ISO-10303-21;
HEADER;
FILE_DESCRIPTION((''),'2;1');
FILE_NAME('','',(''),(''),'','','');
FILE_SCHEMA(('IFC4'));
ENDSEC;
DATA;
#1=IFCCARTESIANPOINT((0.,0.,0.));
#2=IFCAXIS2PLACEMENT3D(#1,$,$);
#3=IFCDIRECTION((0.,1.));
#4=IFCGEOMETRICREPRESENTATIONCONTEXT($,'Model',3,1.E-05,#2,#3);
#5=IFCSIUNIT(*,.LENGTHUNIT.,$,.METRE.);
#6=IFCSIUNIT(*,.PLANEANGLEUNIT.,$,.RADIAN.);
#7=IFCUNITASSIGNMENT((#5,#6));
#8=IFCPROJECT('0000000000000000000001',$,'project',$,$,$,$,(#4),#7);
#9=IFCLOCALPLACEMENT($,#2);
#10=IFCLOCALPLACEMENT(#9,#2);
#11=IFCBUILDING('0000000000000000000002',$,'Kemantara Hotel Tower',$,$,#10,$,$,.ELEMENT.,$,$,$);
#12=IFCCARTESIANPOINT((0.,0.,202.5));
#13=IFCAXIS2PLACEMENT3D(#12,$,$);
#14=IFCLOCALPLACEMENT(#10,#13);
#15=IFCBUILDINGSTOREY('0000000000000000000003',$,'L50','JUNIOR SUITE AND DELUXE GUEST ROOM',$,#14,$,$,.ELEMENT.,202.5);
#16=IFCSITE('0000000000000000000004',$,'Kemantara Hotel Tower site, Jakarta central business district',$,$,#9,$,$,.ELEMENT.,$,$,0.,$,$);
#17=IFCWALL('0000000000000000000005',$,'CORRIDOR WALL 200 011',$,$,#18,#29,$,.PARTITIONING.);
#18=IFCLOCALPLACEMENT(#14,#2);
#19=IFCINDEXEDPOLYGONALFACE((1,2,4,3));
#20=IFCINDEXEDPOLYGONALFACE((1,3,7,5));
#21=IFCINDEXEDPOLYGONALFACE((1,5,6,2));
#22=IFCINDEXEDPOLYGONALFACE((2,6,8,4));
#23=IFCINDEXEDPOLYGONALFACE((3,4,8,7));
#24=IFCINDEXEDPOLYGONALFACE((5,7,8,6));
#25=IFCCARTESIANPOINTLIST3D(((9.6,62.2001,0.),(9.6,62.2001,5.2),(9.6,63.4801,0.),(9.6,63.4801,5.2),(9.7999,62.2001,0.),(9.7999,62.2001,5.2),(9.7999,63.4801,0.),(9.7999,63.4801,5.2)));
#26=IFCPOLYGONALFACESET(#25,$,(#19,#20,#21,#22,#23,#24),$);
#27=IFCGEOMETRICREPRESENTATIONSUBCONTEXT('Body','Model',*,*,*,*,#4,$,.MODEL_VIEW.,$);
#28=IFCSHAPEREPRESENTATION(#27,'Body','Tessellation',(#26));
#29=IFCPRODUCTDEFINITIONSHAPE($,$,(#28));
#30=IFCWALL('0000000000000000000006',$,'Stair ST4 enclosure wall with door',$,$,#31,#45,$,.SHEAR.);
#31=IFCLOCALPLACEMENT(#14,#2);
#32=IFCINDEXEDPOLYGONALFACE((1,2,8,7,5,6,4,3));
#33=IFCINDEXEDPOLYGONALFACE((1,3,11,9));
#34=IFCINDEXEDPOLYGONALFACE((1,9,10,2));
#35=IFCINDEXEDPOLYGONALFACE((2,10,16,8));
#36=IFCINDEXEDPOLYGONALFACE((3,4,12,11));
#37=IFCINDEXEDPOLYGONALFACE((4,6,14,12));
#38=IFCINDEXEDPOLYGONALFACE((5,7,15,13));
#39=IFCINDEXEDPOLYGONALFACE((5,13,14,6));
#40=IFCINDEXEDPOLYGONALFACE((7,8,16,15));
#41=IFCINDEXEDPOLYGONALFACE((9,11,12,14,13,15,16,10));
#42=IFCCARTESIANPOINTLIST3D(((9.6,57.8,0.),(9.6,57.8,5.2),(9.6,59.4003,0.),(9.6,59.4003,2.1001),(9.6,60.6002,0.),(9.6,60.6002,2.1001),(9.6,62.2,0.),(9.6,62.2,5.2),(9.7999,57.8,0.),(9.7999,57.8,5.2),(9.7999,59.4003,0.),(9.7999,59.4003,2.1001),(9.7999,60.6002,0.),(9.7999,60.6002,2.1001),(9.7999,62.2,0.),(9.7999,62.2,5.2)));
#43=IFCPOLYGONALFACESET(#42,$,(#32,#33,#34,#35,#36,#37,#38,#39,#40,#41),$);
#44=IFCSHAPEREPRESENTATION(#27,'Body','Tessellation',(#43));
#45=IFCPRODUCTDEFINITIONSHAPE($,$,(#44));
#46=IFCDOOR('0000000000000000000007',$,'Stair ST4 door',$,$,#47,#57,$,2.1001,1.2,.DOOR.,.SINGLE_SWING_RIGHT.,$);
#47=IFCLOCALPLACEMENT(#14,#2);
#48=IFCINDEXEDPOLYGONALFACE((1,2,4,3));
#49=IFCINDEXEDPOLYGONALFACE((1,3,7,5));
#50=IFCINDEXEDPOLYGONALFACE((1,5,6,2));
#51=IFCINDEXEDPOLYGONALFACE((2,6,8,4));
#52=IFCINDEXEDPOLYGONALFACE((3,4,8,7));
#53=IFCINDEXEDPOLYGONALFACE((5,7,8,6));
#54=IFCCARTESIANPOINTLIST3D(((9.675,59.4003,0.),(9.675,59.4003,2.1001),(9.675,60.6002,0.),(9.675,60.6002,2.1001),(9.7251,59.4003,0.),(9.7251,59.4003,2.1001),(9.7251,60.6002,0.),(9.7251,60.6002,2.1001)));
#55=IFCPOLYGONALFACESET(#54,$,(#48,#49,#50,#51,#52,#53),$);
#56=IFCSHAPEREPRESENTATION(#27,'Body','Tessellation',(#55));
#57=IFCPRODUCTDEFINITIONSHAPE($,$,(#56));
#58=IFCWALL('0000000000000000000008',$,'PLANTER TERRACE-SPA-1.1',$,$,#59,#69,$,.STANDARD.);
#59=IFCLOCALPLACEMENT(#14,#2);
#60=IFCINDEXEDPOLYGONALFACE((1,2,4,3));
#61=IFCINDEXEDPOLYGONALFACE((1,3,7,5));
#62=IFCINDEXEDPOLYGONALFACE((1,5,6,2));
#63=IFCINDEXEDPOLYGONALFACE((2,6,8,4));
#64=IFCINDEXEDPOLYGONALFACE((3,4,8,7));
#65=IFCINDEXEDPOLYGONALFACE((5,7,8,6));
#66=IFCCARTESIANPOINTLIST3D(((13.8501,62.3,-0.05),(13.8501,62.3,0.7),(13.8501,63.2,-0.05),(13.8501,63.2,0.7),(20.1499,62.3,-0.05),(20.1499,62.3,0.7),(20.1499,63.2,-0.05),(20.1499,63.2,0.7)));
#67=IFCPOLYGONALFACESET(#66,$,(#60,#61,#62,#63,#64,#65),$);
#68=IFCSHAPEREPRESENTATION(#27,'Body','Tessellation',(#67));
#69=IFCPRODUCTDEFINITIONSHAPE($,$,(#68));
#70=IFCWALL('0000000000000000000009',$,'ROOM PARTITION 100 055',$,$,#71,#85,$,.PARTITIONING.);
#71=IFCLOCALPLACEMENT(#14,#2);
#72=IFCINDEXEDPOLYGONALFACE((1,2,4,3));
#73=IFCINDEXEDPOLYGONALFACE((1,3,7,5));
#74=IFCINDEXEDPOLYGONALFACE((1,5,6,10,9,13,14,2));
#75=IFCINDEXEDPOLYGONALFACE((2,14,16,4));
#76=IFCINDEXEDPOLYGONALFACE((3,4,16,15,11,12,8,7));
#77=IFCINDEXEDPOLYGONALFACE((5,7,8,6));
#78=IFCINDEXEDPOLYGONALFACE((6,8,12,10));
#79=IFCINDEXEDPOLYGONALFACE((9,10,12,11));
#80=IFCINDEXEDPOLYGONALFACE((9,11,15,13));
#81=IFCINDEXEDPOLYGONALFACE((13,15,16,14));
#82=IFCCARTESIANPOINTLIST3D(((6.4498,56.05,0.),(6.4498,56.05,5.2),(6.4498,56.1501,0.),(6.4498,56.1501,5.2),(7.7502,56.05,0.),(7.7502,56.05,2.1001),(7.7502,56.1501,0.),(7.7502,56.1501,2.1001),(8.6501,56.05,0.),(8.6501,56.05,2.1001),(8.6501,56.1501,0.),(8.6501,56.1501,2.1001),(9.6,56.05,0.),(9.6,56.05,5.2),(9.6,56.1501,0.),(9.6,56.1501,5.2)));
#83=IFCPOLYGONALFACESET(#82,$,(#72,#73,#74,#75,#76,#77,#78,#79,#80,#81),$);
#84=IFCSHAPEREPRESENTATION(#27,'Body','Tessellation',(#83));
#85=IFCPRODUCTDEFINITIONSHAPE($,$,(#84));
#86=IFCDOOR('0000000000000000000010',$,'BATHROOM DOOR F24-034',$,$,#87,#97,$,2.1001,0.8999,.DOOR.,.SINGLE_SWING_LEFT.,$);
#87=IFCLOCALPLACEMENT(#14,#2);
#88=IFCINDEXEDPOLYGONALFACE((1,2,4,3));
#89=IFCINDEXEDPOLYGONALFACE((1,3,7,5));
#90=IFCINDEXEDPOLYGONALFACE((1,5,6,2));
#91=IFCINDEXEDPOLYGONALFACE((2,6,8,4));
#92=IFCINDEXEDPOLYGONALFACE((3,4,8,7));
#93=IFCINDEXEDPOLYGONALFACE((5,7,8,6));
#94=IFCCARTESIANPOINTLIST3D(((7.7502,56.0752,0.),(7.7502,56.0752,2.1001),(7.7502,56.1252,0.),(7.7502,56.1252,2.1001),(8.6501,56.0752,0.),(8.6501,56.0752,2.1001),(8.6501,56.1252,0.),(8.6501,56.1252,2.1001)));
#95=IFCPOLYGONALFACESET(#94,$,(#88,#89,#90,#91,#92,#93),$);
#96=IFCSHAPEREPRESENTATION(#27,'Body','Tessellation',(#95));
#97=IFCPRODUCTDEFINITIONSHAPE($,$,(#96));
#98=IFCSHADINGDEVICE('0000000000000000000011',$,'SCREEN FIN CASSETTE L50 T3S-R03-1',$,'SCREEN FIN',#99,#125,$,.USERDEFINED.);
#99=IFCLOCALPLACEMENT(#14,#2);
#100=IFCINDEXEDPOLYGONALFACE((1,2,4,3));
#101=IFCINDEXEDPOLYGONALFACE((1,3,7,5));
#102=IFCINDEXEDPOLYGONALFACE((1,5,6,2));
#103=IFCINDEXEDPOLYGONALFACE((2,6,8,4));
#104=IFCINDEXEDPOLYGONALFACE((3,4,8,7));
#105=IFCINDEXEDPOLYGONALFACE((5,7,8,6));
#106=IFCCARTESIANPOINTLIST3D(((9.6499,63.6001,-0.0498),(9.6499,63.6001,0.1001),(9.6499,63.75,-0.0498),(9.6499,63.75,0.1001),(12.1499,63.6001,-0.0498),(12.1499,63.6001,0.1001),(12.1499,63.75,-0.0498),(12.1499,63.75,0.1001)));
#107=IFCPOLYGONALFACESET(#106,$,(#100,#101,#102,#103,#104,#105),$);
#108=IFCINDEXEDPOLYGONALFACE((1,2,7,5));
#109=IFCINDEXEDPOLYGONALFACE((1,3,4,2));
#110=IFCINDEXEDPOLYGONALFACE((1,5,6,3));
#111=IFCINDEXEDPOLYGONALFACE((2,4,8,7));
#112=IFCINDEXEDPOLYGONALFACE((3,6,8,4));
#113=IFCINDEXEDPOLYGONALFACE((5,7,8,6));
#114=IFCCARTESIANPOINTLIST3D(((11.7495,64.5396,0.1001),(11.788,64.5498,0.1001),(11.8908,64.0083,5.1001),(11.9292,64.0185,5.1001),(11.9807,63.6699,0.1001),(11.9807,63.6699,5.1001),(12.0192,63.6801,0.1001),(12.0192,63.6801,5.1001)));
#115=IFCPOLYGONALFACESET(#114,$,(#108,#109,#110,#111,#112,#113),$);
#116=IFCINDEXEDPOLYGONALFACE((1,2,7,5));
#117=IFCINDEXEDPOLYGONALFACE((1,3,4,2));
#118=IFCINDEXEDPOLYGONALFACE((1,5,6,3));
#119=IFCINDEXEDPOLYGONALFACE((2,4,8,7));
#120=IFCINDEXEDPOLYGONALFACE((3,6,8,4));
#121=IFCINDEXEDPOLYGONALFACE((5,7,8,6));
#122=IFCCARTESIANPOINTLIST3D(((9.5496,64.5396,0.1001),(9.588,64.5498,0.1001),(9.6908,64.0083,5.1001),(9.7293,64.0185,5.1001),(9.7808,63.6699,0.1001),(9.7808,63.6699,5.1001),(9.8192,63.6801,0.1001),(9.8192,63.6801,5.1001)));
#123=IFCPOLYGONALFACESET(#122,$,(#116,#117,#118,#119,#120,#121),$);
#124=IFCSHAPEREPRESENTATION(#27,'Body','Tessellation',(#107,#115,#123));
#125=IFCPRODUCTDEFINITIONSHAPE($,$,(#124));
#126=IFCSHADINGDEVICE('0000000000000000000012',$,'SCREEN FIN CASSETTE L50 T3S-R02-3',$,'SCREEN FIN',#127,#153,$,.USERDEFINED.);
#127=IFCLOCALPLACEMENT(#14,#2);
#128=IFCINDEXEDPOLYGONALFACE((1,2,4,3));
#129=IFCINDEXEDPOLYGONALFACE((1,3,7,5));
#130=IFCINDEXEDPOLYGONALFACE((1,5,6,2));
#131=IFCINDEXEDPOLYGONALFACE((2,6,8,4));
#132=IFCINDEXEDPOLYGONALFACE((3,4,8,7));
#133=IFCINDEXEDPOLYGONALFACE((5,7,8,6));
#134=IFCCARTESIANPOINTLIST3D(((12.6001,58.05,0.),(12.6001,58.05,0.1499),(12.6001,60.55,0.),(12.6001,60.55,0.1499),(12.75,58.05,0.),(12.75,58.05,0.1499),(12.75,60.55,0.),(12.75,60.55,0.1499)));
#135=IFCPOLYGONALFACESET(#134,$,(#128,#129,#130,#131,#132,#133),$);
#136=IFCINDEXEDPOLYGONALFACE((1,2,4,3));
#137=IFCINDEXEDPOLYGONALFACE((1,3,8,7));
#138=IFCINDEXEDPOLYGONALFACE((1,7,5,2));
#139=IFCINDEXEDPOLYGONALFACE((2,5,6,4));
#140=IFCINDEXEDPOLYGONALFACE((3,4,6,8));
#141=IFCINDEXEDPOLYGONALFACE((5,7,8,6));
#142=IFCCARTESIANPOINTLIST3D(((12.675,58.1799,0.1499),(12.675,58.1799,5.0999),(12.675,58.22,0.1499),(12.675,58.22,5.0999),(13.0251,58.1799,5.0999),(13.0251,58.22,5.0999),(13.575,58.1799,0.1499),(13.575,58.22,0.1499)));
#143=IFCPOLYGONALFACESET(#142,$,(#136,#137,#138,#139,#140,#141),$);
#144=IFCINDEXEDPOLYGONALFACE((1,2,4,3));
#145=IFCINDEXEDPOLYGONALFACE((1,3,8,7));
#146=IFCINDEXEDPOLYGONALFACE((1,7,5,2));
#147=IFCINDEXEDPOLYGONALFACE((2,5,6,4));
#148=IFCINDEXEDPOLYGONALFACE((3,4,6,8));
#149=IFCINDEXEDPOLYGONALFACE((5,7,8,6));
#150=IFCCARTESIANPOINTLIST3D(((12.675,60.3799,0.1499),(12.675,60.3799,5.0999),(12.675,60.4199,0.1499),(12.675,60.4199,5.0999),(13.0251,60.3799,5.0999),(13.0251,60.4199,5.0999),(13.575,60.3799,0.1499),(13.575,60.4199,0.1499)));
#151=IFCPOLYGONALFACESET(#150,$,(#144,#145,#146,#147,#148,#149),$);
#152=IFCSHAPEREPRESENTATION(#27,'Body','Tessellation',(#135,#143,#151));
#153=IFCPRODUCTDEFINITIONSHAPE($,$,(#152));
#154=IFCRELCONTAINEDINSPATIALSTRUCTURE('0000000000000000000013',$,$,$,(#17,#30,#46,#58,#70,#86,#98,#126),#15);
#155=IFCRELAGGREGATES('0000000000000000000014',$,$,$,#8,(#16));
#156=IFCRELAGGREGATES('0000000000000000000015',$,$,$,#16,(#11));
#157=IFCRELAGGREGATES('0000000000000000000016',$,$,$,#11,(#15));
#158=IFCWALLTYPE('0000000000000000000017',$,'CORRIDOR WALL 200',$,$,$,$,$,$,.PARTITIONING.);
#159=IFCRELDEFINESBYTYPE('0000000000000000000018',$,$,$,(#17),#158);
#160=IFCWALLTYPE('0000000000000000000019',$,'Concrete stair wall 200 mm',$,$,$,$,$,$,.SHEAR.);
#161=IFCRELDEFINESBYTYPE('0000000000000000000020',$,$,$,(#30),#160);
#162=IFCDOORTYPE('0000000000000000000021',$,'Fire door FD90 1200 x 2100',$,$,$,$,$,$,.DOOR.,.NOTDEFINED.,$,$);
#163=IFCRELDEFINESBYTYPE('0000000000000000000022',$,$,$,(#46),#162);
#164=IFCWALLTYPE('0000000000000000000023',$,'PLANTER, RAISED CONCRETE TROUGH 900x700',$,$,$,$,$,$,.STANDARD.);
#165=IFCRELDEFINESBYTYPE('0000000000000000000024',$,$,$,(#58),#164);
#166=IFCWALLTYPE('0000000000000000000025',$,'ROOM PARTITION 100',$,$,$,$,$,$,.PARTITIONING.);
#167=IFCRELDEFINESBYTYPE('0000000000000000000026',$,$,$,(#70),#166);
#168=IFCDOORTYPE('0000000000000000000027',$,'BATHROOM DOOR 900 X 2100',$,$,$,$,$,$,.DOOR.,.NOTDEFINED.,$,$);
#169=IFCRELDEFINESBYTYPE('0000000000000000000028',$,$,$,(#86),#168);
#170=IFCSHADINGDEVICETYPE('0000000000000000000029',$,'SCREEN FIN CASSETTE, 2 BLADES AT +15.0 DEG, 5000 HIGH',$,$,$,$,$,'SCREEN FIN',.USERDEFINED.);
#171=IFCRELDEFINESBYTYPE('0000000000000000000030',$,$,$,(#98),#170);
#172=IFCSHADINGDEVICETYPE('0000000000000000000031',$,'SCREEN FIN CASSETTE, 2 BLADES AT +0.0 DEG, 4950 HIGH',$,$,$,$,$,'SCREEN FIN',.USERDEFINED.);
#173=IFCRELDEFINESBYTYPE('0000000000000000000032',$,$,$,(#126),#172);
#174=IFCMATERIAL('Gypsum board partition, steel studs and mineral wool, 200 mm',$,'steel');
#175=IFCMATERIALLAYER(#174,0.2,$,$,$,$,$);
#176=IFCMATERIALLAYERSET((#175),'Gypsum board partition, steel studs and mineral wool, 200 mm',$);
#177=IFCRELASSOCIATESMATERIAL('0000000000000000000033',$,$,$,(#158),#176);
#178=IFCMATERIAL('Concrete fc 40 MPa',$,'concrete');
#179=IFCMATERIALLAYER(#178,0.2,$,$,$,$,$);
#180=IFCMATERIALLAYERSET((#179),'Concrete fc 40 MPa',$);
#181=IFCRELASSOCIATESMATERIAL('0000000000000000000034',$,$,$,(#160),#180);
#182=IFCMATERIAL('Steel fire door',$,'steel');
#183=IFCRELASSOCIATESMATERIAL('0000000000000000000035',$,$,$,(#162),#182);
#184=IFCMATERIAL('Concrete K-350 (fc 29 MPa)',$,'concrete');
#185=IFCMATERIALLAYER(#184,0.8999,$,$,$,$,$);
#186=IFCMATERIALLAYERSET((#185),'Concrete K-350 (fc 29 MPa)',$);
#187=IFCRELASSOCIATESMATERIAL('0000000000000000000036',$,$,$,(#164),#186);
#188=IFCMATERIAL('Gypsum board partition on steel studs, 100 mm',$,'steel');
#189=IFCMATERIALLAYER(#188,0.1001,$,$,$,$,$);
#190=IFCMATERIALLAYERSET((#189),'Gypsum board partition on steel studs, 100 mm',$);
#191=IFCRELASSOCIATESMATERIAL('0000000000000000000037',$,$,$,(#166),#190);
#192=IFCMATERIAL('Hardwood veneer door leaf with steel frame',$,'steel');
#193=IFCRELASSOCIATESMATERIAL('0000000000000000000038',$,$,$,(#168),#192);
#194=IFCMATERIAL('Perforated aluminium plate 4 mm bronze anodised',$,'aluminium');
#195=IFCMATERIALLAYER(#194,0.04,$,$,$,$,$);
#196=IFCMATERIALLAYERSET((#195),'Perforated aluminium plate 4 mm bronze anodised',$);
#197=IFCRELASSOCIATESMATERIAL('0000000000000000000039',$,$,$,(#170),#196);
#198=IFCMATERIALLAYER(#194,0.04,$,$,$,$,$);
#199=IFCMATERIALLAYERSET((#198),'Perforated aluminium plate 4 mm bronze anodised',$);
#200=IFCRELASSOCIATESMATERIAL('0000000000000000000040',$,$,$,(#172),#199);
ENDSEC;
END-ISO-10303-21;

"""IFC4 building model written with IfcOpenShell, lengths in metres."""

from ifc_helpers import new_model, si_unit, direction, frame, frame_2d, origin, origin_2d, place, context, subcontext, project, spatial, polyline, rectangle, outline, extrude, source, transform, mapped, material, layer, layer_set, type_object, element, fill, save


model = new_model("IFC4")

# Units and contexts
model_context = context("Model", 3, precision=1e-05, world=origin(), true_north=direction((0.0, 1.0)))
body_context = subcontext(model_context, "Body", "Model", "MODEL_VIEW")
ifc_project = project(units=[si_unit("LENGTHUNIT", "METRE"), si_unit("PLANEANGLEUNIT", "RADIAN")], contexts=[model_context])

# Site, building, storey
site_placement = place(None, origin())
site = spatial("IfcSite", under=ifc_project, at=site_placement, Name="Kemantara Hotel Tower site, Jakarta central business district", CompositionType="ELEMENT", RefElevation=0.0)
building_placement = place(site_placement, origin())
building = spatial("IfcBuilding", under=site, at=building_placement, Name="Kemantara Hotel Tower", CompositionType="ELEMENT")
storey_placement = place(building_placement, frame((0.0, 0.0, 202.5)))
storey = spatial("IfcBuildingStorey", under=building, at=storey_placement, Name="L50", Description="JUNIOR SUITE AND DELUXE GUEST ROOM", CompositionType="ELEMENT", Elevation=202.5)

# Wall
ifc_material_1 = material(Name="Gypsum board partition, steel studs and mineral wool, 200 mm", Category="steel")
ifc_layer_1 = layer(ifc_material_1, 0.2)
ifc_layer_set_1 = layer_set([ifc_layer_1], Name="Gypsum board partition, steel studs and mineral wool, 200 mm")
wall_type_1 = type_object("IfcWallType", Name="CORRIDOR WALL 200", PredefinedType="PARTITIONING", material=ifc_layer_set_1)
wall_1_placement = place(storey_placement, frame((9.7, 62.2, 0.0), z_axis=(0.0, 0.0, 1.0), x_axis=(0.0, 1.0, 0.0)))
element("IfcWall", 1, at=wall_1_placement, inside=storey, type_object=wall_type_1, Name="CORRIDOR WALL 200 011", PredefinedType="PARTITIONING", context=body_context, shape_type="SweptSolid", body=[
    extrude(rectangle(XDim=1.28, YDim=0.2, at=frame_2d((0.6401, 0.0))), origin(), (0.0, 0.0, 1.0), 5.2),
])

# Wall, opening, door
ifc_material_2 = material(Name="Concrete fc 40 MPa", Category="concrete")
ifc_layer_2 = layer(ifc_material_2, 0.2)
ifc_layer_set_2 = layer_set([ifc_layer_2], Name="Concrete fc 40 MPa")
wall_type_2 = type_object("IfcWallType", Name="Concrete stair wall 200 mm", PredefinedType="SHEAR", material=ifc_layer_set_2)
wall_2_placement = place(storey_placement, frame((9.7, 57.8, 0.0), z_axis=(0.0, 0.0, 1.0), x_axis=(0.0, 1.0, 0.0)))
wall_2 = element("IfcWall", 2, at=wall_2_placement, inside=storey, type_object=wall_type_2, Name="Stair ST4 enclosure wall with door", PredefinedType="SHEAR", context=body_context, shape_type="SweptSolid", body=[
    extrude(rectangle(XDim=4.3999, YDim=0.2, at=frame_2d((2.2, 0.0))), origin(), (0.0, 0.0, 1.0), 5.2),
])
opening_1_placement = place(wall_2_placement, frame((1.6001, 0.0, 0.0)))
opening_1 = element("IfcOpeningElement", 3, at=opening_1_placement, cuts=wall_2, PredefinedType="OPENING", context=body_context, shape_type="SweptSolid", body=[
    extrude(rectangle(XDim=1.2, YDim=2.1001, at=frame_2d((0.6001, 1.05))), frame((0.0, 0.1099, 0.0), z_axis=(0.0, -1.0, 0.0), x_axis=(1.0, 0.0, 0.0)), (0.0, 0.0, 1.0), 0.22),
])
ifc_material_3 = material(Name="Steel fire door", Category="steel")
door_type_1 = type_object("IfcDoorType", Name="Fire door FD90 1200 x 2100", OperationType="NOTDEFINED", PredefinedType="DOOR", material=ifc_material_3)
door_1_placement = place(opening_1_placement, origin())
door_1 = element("IfcDoor", 4, at=door_1_placement, inside=storey, type_object=door_type_1, Name="Stair ST4 door", OperationType="SINGLE_SWING_RIGHT", OverallHeight=2.1001, OverallWidth=1.2, PredefinedType="DOOR", context=body_context, shape_type="SweptSolid", body=[
    extrude(rectangle(XDim=1.2, YDim=2.1001, at=frame_2d((0.6001, 1.05))), frame((0.0, 0.0249, 0.0), z_axis=(0.0, -1.0, 0.0), x_axis=(1.0, 0.0, 0.0)), (0.0, 0.0, 1.0), 0.05),
])
fill(opening_1, door_1)

# Wall
ifc_material_4 = material(Name="Concrete K-350 (fc 29 MPa)", Category="concrete")
ifc_layer_3 = layer(ifc_material_4, 0.8999)
ifc_layer_set_3 = layer_set([ifc_layer_3], Name="Concrete K-350 (fc 29 MPa)")
wall_type_3 = type_object("IfcWallType", Name="PLANTER, RAISED CONCRETE TROUGH 900x700", PredefinedType="STANDARD", material=ifc_layer_set_3)
wall_3_placement = place(storey_placement, frame((13.8501, 62.75, -0.05), z_axis=(0.0, 0.0, 1.0), x_axis=(1.0, 0.0, 0.0)))
element("IfcWall", 5, at=wall_3_placement, inside=storey, type_object=wall_type_3, Name="PLANTER TERRACE-SPA-1.1", PredefinedType="STANDARD", context=body_context, shape_type="SweptSolid", body=[
    extrude(rectangle(XDim=6.2998, YDim=0.8999, at=frame_2d((3.1499, 0.0))), origin(), (0.0, 0.0, 1.0), 0.75),
])

# Wall, opening, door
ifc_material_5 = material(Name="Gypsum board partition on steel studs, 100 mm", Category="steel")
ifc_layer_4 = layer(ifc_material_5, 0.1001)
ifc_layer_set_4 = layer_set([ifc_layer_4], Name="Gypsum board partition on steel studs, 100 mm")
wall_type_4 = type_object("IfcWallType", Name="ROOM PARTITION 100", PredefinedType="PARTITIONING", material=ifc_layer_set_4)
wall_4_placement = place(storey_placement, frame((9.6001, 56.1001, 0.0), z_axis=(0.0, 0.0, 1.0), x_axis=(-1.0, 0.0, 0.0)))
wall_4 = element("IfcWall", 6, at=wall_4_placement, inside=storey, type_object=wall_type_4, Name="ROOM PARTITION 100 055", PredefinedType="PARTITIONING", context=body_context, shape_type="SweptSolid", body=[
    extrude(rectangle(XDim=3.1501, YDim=0.1001, at=frame_2d((1.5752, 0.0))), origin(), (0.0, 0.0, 1.0), 5.2),
])
opening_2_placement = place(wall_4_placement, frame((0.95, 0.0, 0.0)))
opening_2 = element("IfcOpeningElement", 7, at=opening_2_placement, cuts=wall_4, PredefinedType="OPENING", context=body_context, shape_type="SweptSolid", body=[
    extrude(rectangle(XDim=0.8999, YDim=2.1001, at=frame_2d((0.45, 1.05))), frame((0.0, 0.0601, 0.0), z_axis=(0.0, -1.0, 0.0), x_axis=(1.0, 0.0, 0.0)), (0.0, 0.0, 1.0), 0.1201),
])
ifc_material_6 = material(Name="Hardwood veneer door leaf with steel frame", Category="steel")
door_type_2 = type_object("IfcDoorType", Name="BATHROOM DOOR 900 X 2100", OperationType="NOTDEFINED", PredefinedType="DOOR", material=ifc_material_6)
door_2_placement = place(opening_2_placement, origin())
door_2 = element("IfcDoor", 8, at=door_2_placement, inside=storey, type_object=door_type_2, Name="BATHROOM DOOR F24-034", OperationType="SINGLE_SWING_LEFT", OverallHeight=2.1001, OverallWidth=0.8999, PredefinedType="DOOR", context=body_context, shape_type="SweptSolid", body=[
    extrude(rectangle(XDim=0.8999, YDim=2.1001, at=frame_2d((0.45, 1.05))), frame((0.0, 0.0249, 0.0), z_axis=(0.0, -1.0, 0.0), x_axis=(1.0, 0.0, 0.0)), (0.0, 0.0, 1.0), 0.05),
])
fill(opening_2, door_2)

# Shading devices
ifc_material_7 = material(Name="Perforated aluminium plate 4 mm bronze anodised", Category="aluminium")
ifc_layer_5 = layer(ifc_material_7, 0.04)
ifc_layer_set_5 = layer_set([ifc_layer_5], Name="Perforated aluminium plate 4 mm bronze anodised")
shading_device_type_1 = type_object("IfcShadingDeviceType", Name="SCREEN FIN CASSETTE, 2 BLADES AT +15.0 DEG, 5000 HIGH", ElementType="SCREEN FIN", PredefinedType="USERDEFINED", material=ifc_layer_set_5)
shared_shape_1 = source(origin(), body_context, "Body", "SweptSolid", [
    extrude(rectangle(XDim=2.5, YDim=0.1499, at=origin_2d()), frame((1.1001, -0.075, -0.1499), z_axis=(0.0, 0.0, 1.0), x_axis=(1.0, 0.0, 0.0)), (0.0, 0.0, 1.0), 0.1499),
    extrude(outline(polyline([(0.0, 0.0), (0.8999, 0.0), (0.3501, 5.0), (0.0, 5.0), (0.0, 0.0)])), frame((0.0193, -0.0698, 0.0), z_axis=(-0.966438, -0.256901, 0.0), x_axis=(0.256901, -0.966438, 0.0)), (0.0, 0.0, 1.0), 0.0398),
    extrude(outline(polyline([(0.0, 0.0), (0.8999, 0.0), (0.3501, 5.0), (0.0, 5.0), (0.0, 0.0)])), frame((2.2192, -0.0698, 0.0), z_axis=(-0.966438, -0.256901, 0.0), x_axis=(0.256901, -0.966438, 0.0)), (0.0, 0.0, 1.0), 0.0398),
])
shading_device_1_placement = place(storey_placement, frame((12.0, 63.6001, 0.1001), z_axis=(0.0, 0.0, 1.0), x_axis=(-1.0, 0.0, 0.0)))
element("IfcShadingDevice", 9, at=shading_device_1_placement, inside=storey, type_object=shading_device_type_1, Name="SCREEN FIN CASSETTE L50 T3S-R03-1", ObjectType="SCREEN FIN", PredefinedType="USERDEFINED", context=body_context, shape_type="MappedRepresentation", body=[
    mapped(shared_shape_1, transform((0.0, 0.0, 0.0))),
])
ifc_layer_6 = layer(ifc_material_7, 0.04)
ifc_layer_set_6 = layer_set([ifc_layer_6], Name="Perforated aluminium plate 4 mm bronze anodised")
shading_device_type_2 = type_object("IfcShadingDeviceType", Name="SCREEN FIN CASSETTE, 2 BLADES AT +0.0 DEG, 4950 HIGH", ElementType="SCREEN FIN", PredefinedType="USERDEFINED", material=ifc_layer_set_6)
shared_shape_2 = source(origin(), body_context, "Body", "SweptSolid", [
    extrude(rectangle(XDim=2.5, YDim=0.1499, at=origin_2d()), frame((1.1001, -0.075, -0.1499), z_axis=(0.0, 0.0, 1.0), x_axis=(1.0, 0.0, 0.0)), (0.0, 0.0, 1.0), 0.1499),
    extrude(outline(polyline([(0.0, 0.0), (0.8999, 0.0), (0.3501, 4.95), (0.0, 4.95), (0.0, 0.0)])), frame((0.02, -0.075, 0.0), z_axis=(-1.0, 0.0, 0.0), x_axis=(0.0, -1.0, 0.0)), (0.0, 0.0, 1.0), 0.04),
    extrude(outline(polyline([(0.0, 0.0), (0.8999, 0.0), (0.3501, 4.95), (0.0, 4.95), (0.0, 0.0)])), frame((2.22, -0.075, 0.0), z_axis=(-1.0, 0.0, 0.0), x_axis=(0.0, -1.0, 0.0)), (0.0, 0.0, 1.0), 0.04),
])
shading_device_2_placement = place(storey_placement, frame((12.6001, 58.2, 0.1499), z_axis=(0.0, 0.0, 1.0), x_axis=(0.0, 1.0, 0.0)))
element("IfcShadingDevice", 10, at=shading_device_2_placement, inside=storey, type_object=shading_device_type_2, Name="SCREEN FIN CASSETTE L50 T3S-R02-3", ObjectType="SCREEN FIN", PredefinedType="USERDEFINED", context=body_context, shape_type="MappedRepresentation", body=[
    mapped(shared_shape_2, transform((0.0, 0.0, 0.0))),
])

save(model, "model.ifc")
